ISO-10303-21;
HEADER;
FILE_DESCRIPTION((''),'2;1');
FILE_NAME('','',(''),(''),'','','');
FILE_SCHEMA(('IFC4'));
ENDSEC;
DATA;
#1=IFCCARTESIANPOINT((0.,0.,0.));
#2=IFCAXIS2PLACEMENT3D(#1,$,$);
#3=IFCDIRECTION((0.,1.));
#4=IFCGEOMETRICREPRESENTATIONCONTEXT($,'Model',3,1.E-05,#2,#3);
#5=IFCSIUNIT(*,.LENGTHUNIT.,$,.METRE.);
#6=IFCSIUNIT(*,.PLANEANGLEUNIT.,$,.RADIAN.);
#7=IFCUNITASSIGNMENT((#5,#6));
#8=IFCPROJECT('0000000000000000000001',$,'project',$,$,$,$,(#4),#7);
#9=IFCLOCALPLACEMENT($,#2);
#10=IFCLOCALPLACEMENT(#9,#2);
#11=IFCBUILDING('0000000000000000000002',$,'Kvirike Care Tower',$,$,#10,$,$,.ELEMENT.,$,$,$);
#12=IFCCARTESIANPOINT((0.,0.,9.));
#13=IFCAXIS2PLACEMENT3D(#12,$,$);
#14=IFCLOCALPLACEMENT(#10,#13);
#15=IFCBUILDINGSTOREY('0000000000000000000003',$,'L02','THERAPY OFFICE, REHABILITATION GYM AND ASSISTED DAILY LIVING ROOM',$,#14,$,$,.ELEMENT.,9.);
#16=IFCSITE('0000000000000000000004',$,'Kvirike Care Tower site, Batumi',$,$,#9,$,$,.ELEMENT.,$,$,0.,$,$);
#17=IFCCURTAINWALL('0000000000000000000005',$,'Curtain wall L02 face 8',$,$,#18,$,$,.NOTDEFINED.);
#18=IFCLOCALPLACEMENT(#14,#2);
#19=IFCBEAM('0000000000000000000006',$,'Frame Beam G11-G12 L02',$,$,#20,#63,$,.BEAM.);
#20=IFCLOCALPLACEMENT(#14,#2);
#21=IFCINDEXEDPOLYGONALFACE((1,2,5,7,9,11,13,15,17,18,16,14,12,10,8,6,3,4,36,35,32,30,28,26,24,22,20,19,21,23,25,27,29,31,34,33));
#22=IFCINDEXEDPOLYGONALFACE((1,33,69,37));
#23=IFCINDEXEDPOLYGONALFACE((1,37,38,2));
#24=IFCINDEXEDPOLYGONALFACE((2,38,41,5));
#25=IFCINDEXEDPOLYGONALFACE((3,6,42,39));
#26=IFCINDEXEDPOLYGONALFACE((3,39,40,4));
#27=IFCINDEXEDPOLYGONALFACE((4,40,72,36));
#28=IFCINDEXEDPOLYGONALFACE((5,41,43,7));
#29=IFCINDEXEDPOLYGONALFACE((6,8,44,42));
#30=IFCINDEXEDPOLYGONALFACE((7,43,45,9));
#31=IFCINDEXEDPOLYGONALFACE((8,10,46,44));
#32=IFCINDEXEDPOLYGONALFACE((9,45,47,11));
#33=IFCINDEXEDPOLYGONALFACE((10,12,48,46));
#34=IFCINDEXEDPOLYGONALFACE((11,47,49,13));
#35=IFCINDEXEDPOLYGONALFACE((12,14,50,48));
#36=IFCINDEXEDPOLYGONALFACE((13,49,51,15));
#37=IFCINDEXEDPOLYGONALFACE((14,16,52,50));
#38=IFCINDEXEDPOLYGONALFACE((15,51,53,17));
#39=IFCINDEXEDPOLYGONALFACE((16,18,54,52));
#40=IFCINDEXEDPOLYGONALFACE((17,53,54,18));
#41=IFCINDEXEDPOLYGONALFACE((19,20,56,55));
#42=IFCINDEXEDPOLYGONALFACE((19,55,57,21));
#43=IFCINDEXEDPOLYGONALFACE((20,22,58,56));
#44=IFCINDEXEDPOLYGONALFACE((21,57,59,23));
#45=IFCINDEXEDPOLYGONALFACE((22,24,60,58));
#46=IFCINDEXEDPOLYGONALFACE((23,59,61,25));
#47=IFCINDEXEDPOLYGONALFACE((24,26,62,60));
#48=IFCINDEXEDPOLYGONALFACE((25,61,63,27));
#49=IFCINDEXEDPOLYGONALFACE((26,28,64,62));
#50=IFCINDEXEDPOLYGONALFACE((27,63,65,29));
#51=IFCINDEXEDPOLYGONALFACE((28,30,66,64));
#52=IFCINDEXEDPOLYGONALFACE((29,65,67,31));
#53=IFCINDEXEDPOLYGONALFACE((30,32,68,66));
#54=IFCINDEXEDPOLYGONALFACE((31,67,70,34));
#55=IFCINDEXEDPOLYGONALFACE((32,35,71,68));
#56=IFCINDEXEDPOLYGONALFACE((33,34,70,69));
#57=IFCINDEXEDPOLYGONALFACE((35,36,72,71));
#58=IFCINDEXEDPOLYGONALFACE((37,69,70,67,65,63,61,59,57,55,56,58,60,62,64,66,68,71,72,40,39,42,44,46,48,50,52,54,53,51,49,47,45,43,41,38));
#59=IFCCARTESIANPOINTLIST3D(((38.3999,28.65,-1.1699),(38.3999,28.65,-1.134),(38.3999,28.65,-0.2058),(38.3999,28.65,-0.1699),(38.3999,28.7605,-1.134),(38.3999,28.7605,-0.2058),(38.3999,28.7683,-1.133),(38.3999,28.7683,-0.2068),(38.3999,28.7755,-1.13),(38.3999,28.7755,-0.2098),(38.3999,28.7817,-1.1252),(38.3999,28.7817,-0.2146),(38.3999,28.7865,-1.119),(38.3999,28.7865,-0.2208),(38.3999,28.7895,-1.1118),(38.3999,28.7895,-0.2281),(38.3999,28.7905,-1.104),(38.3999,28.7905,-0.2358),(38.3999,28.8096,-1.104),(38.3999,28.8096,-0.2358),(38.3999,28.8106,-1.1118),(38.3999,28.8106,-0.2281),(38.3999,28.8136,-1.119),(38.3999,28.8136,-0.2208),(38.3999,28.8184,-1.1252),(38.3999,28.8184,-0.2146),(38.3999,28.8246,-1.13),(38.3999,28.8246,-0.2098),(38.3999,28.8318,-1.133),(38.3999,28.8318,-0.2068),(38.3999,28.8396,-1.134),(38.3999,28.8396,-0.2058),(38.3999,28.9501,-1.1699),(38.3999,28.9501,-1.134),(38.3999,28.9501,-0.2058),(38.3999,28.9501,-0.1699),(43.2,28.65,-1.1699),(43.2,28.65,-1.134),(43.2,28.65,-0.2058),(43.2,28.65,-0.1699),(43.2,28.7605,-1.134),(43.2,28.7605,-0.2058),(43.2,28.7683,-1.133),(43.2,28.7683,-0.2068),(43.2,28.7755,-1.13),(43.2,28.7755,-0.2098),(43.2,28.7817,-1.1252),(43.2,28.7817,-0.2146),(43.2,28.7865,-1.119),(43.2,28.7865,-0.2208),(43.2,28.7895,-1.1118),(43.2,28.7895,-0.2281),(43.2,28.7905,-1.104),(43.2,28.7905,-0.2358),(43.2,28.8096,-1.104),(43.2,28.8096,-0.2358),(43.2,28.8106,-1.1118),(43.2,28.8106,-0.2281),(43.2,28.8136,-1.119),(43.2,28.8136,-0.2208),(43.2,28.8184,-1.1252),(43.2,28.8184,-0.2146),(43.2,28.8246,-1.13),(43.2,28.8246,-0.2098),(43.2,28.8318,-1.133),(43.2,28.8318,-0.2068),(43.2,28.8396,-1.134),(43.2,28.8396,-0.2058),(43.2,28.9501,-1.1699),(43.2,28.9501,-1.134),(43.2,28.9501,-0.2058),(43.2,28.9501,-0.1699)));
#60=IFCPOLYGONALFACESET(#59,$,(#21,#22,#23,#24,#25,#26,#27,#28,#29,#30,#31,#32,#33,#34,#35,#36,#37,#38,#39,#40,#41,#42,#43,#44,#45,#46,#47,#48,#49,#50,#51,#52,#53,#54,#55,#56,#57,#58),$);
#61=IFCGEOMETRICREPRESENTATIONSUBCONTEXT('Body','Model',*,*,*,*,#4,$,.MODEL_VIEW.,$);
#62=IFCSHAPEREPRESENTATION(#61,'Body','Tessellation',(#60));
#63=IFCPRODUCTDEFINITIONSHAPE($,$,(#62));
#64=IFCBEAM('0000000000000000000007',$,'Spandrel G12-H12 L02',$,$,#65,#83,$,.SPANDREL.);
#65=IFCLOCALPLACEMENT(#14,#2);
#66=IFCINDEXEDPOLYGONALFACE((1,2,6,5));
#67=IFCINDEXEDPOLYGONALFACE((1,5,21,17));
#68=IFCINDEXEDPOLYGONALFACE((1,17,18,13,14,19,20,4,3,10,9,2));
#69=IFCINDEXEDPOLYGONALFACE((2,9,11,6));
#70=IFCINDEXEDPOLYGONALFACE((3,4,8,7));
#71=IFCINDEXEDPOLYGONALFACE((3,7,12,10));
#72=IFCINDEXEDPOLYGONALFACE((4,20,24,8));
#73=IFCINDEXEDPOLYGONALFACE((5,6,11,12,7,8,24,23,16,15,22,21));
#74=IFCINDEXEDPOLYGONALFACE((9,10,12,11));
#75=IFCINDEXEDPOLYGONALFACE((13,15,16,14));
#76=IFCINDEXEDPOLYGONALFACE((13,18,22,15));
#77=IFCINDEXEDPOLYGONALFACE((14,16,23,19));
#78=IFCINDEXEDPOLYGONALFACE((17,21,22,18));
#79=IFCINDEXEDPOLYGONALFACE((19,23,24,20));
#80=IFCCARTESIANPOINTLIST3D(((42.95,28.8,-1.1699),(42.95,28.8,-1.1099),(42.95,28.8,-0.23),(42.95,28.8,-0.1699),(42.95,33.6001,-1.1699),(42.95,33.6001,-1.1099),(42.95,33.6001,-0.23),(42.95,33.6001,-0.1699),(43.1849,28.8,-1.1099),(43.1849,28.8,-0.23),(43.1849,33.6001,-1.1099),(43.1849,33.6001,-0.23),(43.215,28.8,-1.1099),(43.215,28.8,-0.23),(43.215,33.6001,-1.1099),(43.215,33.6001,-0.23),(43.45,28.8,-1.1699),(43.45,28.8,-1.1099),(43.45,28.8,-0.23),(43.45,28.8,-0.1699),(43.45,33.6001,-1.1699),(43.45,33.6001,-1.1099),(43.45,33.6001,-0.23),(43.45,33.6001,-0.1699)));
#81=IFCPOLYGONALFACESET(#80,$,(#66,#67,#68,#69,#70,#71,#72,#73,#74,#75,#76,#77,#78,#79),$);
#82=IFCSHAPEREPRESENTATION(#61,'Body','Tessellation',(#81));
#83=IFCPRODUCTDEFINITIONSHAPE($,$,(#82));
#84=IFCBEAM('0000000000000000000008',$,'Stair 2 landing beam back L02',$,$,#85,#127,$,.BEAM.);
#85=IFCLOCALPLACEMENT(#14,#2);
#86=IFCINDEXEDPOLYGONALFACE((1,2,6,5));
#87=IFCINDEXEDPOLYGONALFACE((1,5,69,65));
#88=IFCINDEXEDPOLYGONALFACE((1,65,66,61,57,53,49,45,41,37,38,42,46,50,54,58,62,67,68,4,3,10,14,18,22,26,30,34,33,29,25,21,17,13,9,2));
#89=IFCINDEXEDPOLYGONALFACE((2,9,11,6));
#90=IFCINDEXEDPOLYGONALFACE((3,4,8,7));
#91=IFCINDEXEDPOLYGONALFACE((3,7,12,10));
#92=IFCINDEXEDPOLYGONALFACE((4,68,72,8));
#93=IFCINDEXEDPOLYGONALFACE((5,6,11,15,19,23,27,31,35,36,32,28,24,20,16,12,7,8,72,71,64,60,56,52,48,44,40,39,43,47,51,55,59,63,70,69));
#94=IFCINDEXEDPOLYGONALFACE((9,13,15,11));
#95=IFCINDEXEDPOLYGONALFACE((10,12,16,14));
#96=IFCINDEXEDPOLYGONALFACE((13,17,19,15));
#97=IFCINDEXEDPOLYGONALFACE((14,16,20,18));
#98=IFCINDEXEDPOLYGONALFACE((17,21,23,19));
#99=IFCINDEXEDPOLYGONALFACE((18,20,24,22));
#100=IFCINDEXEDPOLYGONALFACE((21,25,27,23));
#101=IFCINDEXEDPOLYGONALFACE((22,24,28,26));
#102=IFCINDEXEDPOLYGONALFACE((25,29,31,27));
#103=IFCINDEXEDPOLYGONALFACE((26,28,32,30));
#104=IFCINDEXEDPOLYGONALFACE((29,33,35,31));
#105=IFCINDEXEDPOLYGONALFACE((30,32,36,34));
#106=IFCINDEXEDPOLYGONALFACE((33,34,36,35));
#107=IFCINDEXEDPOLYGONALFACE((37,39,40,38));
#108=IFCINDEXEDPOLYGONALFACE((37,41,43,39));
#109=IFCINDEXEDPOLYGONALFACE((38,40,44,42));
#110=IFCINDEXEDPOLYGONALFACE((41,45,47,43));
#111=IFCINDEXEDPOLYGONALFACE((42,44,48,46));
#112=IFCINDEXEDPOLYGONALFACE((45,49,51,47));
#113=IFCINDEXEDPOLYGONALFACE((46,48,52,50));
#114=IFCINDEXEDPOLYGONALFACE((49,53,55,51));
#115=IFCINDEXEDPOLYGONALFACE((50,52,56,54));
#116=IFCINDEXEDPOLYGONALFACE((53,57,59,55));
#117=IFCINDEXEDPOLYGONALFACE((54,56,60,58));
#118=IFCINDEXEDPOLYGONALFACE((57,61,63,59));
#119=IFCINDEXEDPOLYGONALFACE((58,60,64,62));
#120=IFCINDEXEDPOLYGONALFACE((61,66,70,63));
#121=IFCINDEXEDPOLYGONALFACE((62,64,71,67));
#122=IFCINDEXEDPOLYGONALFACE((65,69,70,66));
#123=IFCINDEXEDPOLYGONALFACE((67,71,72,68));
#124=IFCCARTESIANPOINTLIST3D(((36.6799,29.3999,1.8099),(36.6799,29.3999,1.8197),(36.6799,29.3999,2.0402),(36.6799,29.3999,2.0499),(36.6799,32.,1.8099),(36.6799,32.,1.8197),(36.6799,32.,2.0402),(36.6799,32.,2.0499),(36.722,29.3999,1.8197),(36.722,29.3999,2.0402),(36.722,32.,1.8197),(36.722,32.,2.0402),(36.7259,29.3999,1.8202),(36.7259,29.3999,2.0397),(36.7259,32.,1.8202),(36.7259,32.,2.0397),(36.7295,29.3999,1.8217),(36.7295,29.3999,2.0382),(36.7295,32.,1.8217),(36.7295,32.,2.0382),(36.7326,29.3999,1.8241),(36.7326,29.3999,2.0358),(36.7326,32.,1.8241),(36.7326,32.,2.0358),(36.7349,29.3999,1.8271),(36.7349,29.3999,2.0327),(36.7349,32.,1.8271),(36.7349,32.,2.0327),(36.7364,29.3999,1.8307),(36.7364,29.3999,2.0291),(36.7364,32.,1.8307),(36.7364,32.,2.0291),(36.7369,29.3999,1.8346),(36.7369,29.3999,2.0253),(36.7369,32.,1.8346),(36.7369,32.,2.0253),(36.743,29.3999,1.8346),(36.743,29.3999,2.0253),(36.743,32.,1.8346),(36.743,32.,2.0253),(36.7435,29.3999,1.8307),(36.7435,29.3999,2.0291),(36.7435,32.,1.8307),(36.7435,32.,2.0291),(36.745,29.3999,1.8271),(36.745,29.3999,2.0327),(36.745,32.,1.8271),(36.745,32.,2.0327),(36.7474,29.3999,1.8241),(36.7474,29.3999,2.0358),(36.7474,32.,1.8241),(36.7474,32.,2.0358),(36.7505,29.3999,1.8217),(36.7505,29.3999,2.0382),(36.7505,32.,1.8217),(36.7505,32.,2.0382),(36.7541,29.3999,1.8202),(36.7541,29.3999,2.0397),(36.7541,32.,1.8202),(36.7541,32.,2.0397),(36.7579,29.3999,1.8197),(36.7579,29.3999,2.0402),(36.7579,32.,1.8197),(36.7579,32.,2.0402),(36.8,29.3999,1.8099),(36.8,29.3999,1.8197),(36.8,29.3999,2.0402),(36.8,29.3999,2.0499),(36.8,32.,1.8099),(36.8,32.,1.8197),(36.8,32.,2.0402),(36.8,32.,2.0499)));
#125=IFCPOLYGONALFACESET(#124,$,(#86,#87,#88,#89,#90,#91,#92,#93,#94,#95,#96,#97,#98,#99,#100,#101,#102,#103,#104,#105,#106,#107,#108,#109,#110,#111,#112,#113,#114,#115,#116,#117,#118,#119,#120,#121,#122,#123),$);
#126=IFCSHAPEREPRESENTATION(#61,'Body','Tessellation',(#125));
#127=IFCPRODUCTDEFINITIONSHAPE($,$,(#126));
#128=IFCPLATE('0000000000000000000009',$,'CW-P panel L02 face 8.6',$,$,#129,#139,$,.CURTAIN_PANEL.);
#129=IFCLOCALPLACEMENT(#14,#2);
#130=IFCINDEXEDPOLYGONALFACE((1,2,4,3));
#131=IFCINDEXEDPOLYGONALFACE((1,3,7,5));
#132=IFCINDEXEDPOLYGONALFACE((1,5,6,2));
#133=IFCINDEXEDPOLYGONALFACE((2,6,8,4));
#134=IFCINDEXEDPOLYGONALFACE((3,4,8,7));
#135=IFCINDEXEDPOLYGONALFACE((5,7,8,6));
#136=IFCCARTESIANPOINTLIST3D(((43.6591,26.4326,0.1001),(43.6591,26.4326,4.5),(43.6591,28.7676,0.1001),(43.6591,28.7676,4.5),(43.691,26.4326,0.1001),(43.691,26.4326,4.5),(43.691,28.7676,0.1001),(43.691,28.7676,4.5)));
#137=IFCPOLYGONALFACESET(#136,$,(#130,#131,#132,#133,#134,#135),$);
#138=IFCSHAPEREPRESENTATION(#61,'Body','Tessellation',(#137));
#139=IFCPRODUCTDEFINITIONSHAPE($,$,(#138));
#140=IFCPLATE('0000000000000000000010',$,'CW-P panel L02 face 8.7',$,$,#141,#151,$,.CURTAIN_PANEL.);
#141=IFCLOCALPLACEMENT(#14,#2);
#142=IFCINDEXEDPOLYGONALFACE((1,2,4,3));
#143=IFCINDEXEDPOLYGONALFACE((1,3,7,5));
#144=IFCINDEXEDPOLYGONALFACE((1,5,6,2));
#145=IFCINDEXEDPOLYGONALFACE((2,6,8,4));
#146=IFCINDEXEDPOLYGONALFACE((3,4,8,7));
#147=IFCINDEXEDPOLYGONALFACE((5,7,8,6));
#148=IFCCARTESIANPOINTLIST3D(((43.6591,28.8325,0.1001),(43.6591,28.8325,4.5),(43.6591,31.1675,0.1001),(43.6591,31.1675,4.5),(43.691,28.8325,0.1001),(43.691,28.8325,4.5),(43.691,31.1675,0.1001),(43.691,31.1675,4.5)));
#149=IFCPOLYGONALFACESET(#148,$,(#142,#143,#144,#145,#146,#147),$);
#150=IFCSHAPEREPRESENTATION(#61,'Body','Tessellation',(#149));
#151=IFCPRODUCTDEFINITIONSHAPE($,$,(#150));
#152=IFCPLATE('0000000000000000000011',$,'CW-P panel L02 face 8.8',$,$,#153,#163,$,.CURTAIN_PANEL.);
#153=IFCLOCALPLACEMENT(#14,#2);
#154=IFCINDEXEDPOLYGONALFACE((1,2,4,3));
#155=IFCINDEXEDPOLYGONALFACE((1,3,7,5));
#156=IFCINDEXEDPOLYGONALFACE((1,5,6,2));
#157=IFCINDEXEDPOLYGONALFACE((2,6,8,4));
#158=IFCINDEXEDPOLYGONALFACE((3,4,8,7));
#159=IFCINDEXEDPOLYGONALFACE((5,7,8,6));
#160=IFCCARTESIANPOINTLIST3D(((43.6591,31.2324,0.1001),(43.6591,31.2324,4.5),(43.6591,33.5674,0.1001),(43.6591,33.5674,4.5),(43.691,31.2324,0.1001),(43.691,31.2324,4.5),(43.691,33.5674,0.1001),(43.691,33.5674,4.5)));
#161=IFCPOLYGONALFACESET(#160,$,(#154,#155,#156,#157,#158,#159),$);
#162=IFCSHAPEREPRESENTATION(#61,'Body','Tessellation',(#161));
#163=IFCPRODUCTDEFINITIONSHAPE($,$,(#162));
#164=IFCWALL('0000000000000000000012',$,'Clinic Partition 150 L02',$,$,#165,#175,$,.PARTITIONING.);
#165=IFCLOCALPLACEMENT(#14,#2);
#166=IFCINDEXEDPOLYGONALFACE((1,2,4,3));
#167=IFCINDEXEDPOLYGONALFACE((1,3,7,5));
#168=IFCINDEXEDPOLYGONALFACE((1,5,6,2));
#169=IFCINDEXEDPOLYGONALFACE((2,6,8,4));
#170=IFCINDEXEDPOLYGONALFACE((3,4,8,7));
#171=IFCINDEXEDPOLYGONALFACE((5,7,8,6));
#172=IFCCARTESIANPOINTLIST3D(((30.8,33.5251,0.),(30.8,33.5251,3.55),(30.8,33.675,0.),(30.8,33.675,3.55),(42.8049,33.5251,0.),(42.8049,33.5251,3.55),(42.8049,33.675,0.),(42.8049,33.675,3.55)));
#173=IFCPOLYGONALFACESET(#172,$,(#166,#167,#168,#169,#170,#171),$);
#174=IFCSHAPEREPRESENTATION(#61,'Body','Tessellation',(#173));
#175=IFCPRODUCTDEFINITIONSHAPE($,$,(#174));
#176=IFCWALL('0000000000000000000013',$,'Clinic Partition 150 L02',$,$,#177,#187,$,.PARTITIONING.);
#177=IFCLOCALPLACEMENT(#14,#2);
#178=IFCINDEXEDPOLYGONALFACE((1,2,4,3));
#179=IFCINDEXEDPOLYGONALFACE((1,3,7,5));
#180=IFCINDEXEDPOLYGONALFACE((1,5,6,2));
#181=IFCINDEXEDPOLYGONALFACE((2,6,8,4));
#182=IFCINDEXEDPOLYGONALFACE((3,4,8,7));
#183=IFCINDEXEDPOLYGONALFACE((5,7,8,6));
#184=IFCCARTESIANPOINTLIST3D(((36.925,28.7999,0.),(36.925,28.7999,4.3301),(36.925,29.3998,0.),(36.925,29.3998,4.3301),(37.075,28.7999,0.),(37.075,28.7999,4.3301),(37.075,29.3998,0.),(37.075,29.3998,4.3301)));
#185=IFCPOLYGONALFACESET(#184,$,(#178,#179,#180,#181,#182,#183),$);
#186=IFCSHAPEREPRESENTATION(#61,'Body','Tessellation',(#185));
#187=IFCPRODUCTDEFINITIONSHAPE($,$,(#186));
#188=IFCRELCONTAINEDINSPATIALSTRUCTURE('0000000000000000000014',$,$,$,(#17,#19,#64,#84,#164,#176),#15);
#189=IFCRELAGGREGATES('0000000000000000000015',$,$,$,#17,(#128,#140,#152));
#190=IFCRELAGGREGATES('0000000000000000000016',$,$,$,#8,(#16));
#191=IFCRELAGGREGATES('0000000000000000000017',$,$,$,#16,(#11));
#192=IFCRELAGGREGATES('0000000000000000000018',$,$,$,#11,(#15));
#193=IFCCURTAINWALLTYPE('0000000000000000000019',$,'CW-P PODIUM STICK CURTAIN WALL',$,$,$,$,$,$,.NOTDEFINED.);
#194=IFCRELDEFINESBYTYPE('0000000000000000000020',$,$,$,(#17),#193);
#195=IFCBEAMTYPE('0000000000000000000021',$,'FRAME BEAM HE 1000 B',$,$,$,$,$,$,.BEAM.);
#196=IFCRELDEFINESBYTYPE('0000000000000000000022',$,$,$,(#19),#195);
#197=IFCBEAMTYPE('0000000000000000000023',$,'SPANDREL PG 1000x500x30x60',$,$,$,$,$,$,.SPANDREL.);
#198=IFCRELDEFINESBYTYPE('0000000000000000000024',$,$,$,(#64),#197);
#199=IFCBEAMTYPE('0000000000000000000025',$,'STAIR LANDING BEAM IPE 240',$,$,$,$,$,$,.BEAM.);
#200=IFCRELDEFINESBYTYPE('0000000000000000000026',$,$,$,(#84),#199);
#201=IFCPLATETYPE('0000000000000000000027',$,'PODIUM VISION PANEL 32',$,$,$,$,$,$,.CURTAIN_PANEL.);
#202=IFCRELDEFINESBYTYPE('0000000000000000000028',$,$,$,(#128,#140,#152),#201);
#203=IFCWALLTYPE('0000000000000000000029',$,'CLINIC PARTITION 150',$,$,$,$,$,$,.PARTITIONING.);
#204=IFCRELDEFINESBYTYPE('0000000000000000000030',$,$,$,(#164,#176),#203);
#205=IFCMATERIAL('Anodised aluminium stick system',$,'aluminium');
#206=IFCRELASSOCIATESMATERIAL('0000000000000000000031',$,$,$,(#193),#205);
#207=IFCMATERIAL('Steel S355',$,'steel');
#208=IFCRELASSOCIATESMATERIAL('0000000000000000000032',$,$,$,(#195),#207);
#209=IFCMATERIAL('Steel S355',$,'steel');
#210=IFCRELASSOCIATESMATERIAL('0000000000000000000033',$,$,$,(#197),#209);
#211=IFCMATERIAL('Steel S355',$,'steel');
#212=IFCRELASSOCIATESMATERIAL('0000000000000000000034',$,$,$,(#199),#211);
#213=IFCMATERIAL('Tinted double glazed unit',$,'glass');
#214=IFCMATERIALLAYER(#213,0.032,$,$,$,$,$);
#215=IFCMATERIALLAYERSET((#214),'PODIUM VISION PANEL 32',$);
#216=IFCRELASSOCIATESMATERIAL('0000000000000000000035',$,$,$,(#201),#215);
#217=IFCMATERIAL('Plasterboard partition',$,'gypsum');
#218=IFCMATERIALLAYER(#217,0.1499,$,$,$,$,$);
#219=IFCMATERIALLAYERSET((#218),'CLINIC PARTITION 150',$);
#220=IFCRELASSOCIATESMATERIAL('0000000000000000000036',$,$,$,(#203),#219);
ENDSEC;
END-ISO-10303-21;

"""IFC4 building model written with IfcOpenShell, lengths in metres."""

from ifc_helpers import new_model, si_unit, direction, frame, frame_2d, origin, origin_2d, place, context, subcontext, project, spatial, rectangle, i_section, extrude, material, layer, layer_set, material_profile, profile_set, type_object, element, aggregate, save


model = new_model("IFC4")

# Units and contexts
model_context = context("Model", 3, precision=1e-05, world=origin(), true_north=direction((0.0, 1.0)))
body_context = subcontext(model_context, "Body", "Model", "MODEL_VIEW")
ifc_project = project(units=[si_unit("LENGTHUNIT", "METRE"), si_unit("PLANEANGLEUNIT", "RADIAN")], contexts=[model_context])

# Site, building, storey
site_placement = place(None, origin())
site = spatial("IfcSite", under=ifc_project, at=site_placement, Name="Kvirike Care Tower site, Batumi", CompositionType="ELEMENT", RefElevation=0.0)
building_placement = place(site_placement, origin())
building = spatial("IfcBuilding", under=site, at=building_placement, Name="Kvirike Care Tower", CompositionType="ELEMENT")
storey_placement = place(building_placement, frame((0.0, 0.0, 9.0)))
storey = spatial("IfcBuildingStorey", under=building, at=storey_placement, Name="L02", Description="THERAPY OFFICE, REHABILITATION GYM AND ASSISTED DAILY LIVING ROOM", CompositionType="ELEMENT", Elevation=9.0)

# Curtain wall
ifc_material_1 = material(Name="Anodised aluminium stick system", Category="aluminium")
curtain_wall_type = type_object("IfcCurtainWallType", Name="CW-P PODIUM STICK CURTAIN WALL", PredefinedType="NOTDEFINED", material=ifc_material_1)
curtain_wall_placement = place(storey_placement, origin())
curtain_wall = element("IfcCurtainWall", 1, at=curtain_wall_placement, inside=storey, type_object=curtain_wall_type, Name="Curtain wall L02 face 8", PredefinedType="NOTDEFINED")

# Beams
ifc_material_2 = material(Name="Steel S355", Category="steel")
ifc_material_profile_1 = material_profile(ifc_material_2, i_section(OverallWidth=0.3, OverallDepth=1.0, WebThickness=0.019, FlangeThickness=0.0359, FilletRadius=0.03, at=origin_2d()), Name="HE 1000 B")
ifc_profile_set_1 = profile_set([ifc_material_profile_1], Name="Steel S355")
beam_type_1 = type_object("IfcBeamType", Name="FRAME BEAM HE 1000 B", PredefinedType="BEAM", material=ifc_profile_set_1)
beam_1_placement = place(storey_placement, frame((38.3999, 28.8, -0.6699), z_axis=(1.0, 0.0, 0.0), x_axis=(0.0, 1.0, 0.0)))
element("IfcBeam", 2, at=beam_1_placement, inside=storey, type_object=beam_type_1, Name="Frame Beam G11-G12 L02", PredefinedType="BEAM", context=body_context, shape_type="SweptSolid", body=[
    extrude(i_section(OverallWidth=0.3, OverallDepth=1.0, WebThickness=0.019, FlangeThickness=0.0359, FilletRadius=0.03, at=origin_2d()), origin(), (0.0, 0.0, 1.0), 4.8),
])
ifc_material_3 = material(Name="Steel S355", Category="steel")
ifc_material_profile_2 = material_profile(ifc_material_3, i_section(OverallWidth=0.5, OverallDepth=1.0, WebThickness=0.03, FlangeThickness=0.0601, at=origin_2d()), Name="PG 1000x500x30x60")
ifc_profile_set_2 = profile_set([ifc_material_profile_2], Name="Steel S355")
beam_type_2 = type_object("IfcBeamType", Name="SPANDREL PG 1000x500x30x60", PredefinedType="SPANDREL", material=ifc_profile_set_2)
beam_2_placement = place(storey_placement, frame((43.2, 28.8, -0.6699), z_axis=(0.0, 1.0, 0.0), x_axis=(-1.0, 0.0, 0.0)))
element("IfcBeam", 3, at=beam_2_placement, inside=storey, type_object=beam_type_2, Name="Spandrel G12-H12 L02", PredefinedType="SPANDREL", context=body_context, shape_type="SweptSolid", body=[
    extrude(i_section(OverallWidth=0.5, OverallDepth=1.0, WebThickness=0.03, FlangeThickness=0.0601, at=origin_2d()), origin(), (0.0, 0.0, 1.0), 4.8),
])
ifc_material_4 = material(Name="Steel S355", Category="steel")
ifc_material_profile_3 = material_profile(ifc_material_4, i_section(OverallWidth=0.1201, OverallDepth=0.24, WebThickness=0.0061, FlangeThickness=0.0098, FilletRadius=0.0149, at=origin_2d()), Name="IPE 240")
ifc_profile_set_3 = profile_set([ifc_material_profile_3], Name="Steel S355")
beam_type_3 = type_object("IfcBeamType", Name="STAIR LANDING BEAM IPE 240", PredefinedType="BEAM", material=ifc_profile_set_3)
beam_3_placement = place(storey_placement, frame((36.74, 29.3999, 1.9299), z_axis=(0.0, 1.0, 0.0), x_axis=(-1.0, 0.0, 0.0)))
element("IfcBeam", 4, at=beam_3_placement, inside=storey, type_object=beam_type_3, Name="Stair 2 landing beam back L02", PredefinedType="BEAM", context=body_context, shape_type="SweptSolid", body=[
    extrude(i_section(OverallWidth=0.1201, OverallDepth=0.24, WebThickness=0.0061, FlangeThickness=0.0098, FilletRadius=0.0149, at=origin_2d()), origin(), (0.0, 0.0, 1.0), 2.6001),
])

# Plates
ifc_material_5 = material(Name="Tinted double glazed unit", Category="glass")
ifc_layer_1 = layer(ifc_material_5, 0.032)
ifc_layer_set_1 = layer_set([ifc_layer_1], Name="PODIUM VISION PANEL 32")
plate_type = type_object("IfcPlateType", Name="PODIUM VISION PANEL 32", PredefinedType="CURTAIN_PANEL", material=ifc_layer_set_1)
plate_1_placement = place(storey_placement, frame((43.675, 27.6001, 0.1001), z_axis=(0.0, 0.0, 1.0), x_axis=(0.0, 1.0, 0.0)))
plate_1 = element("IfcPlate", 5, at=plate_1_placement, type_object=plate_type, Name="CW-P panel L02 face 8.6", PredefinedType="CURTAIN_PANEL", context=body_context, shape_type="SweptSolid", body=[
    extrude(rectangle(XDim=2.335, YDim=0.032, at=origin_2d()), origin(), (0.0, 0.0, 1.0), 4.3999),
])
plate_2_placement = place(storey_placement, frame((43.675, 30.0, 0.1001), z_axis=(0.0, 0.0, 1.0), x_axis=(0.0, 1.0, 0.0)))
plate_2 = element("IfcPlate", 6, at=plate_2_placement, type_object=plate_type, Name="CW-P panel L02 face 8.7", PredefinedType="CURTAIN_PANEL", context=body_context, shape_type="SweptSolid", body=[
    extrude(rectangle(XDim=2.335, YDim=0.032, at=origin_2d()), origin(), (0.0, 0.0, 1.0), 4.3999),
])
plate_3_placement = place(storey_placement, frame((43.675, 32.3999, 0.1001), z_axis=(0.0, 0.0, 1.0), x_axis=(0.0, 1.0, 0.0)))
plate_3 = element("IfcPlate", 7, at=plate_3_placement, type_object=plate_type, Name="CW-P panel L02 face 8.8", PredefinedType="CURTAIN_PANEL", context=body_context, shape_type="SweptSolid", body=[
    extrude(rectangle(XDim=2.335, YDim=0.032, at=origin_2d()), origin(), (0.0, 0.0, 1.0), 4.3999),
])
aggregate(curtain_wall, [plate_1, plate_2, plate_3])

# Walls
ifc_material_6 = material(Name="Plasterboard partition", Category="gypsum")
ifc_layer_2 = layer(ifc_material_6, 0.1499)
ifc_layer_set_2 = layer_set([ifc_layer_2], Name="CLINIC PARTITION 150")
wall_type_1 = type_object("IfcWallType", Name="CLINIC PARTITION 150", PredefinedType="PARTITIONING", material=ifc_layer_set_2)
wall_1_placement = place(storey_placement, frame((42.8049, 33.6001, 0.0), z_axis=(0.0, 0.0, 1.0), x_axis=(-1.0, 0.0, 0.0)))
element("IfcWall", 8, at=wall_1_placement, inside=storey, type_object=wall_type_1, Name="Clinic Partition 150 L02", PredefinedType="PARTITIONING", context=body_context, shape_type="SweptSolid", body=[
    extrude(rectangle(XDim=12.0049, YDim=0.1499, at=frame_2d((6.0024, 0.0))), origin(), (0.0, 0.0, 1.0), 3.55),
])
wall_2_placement = place(storey_placement, frame((37.0, 28.8, 0.0), z_axis=(0.0, 0.0, 1.0), x_axis=(0.0, 1.0, 0.0)))
element("IfcWall", 9, at=wall_2_placement, inside=storey, type_object=wall_type_1, Name="Clinic Partition 150 L02", PredefinedType="PARTITIONING", context=body_context, shape_type="SweptSolid", body=[
    extrude(rectangle(XDim=0.5999, YDim=0.1499, at=frame_2d((0.2998, 0.0))), origin(), (0.0, 0.0, 1.0), 4.3301),
])

save(model, "model.ifc")
